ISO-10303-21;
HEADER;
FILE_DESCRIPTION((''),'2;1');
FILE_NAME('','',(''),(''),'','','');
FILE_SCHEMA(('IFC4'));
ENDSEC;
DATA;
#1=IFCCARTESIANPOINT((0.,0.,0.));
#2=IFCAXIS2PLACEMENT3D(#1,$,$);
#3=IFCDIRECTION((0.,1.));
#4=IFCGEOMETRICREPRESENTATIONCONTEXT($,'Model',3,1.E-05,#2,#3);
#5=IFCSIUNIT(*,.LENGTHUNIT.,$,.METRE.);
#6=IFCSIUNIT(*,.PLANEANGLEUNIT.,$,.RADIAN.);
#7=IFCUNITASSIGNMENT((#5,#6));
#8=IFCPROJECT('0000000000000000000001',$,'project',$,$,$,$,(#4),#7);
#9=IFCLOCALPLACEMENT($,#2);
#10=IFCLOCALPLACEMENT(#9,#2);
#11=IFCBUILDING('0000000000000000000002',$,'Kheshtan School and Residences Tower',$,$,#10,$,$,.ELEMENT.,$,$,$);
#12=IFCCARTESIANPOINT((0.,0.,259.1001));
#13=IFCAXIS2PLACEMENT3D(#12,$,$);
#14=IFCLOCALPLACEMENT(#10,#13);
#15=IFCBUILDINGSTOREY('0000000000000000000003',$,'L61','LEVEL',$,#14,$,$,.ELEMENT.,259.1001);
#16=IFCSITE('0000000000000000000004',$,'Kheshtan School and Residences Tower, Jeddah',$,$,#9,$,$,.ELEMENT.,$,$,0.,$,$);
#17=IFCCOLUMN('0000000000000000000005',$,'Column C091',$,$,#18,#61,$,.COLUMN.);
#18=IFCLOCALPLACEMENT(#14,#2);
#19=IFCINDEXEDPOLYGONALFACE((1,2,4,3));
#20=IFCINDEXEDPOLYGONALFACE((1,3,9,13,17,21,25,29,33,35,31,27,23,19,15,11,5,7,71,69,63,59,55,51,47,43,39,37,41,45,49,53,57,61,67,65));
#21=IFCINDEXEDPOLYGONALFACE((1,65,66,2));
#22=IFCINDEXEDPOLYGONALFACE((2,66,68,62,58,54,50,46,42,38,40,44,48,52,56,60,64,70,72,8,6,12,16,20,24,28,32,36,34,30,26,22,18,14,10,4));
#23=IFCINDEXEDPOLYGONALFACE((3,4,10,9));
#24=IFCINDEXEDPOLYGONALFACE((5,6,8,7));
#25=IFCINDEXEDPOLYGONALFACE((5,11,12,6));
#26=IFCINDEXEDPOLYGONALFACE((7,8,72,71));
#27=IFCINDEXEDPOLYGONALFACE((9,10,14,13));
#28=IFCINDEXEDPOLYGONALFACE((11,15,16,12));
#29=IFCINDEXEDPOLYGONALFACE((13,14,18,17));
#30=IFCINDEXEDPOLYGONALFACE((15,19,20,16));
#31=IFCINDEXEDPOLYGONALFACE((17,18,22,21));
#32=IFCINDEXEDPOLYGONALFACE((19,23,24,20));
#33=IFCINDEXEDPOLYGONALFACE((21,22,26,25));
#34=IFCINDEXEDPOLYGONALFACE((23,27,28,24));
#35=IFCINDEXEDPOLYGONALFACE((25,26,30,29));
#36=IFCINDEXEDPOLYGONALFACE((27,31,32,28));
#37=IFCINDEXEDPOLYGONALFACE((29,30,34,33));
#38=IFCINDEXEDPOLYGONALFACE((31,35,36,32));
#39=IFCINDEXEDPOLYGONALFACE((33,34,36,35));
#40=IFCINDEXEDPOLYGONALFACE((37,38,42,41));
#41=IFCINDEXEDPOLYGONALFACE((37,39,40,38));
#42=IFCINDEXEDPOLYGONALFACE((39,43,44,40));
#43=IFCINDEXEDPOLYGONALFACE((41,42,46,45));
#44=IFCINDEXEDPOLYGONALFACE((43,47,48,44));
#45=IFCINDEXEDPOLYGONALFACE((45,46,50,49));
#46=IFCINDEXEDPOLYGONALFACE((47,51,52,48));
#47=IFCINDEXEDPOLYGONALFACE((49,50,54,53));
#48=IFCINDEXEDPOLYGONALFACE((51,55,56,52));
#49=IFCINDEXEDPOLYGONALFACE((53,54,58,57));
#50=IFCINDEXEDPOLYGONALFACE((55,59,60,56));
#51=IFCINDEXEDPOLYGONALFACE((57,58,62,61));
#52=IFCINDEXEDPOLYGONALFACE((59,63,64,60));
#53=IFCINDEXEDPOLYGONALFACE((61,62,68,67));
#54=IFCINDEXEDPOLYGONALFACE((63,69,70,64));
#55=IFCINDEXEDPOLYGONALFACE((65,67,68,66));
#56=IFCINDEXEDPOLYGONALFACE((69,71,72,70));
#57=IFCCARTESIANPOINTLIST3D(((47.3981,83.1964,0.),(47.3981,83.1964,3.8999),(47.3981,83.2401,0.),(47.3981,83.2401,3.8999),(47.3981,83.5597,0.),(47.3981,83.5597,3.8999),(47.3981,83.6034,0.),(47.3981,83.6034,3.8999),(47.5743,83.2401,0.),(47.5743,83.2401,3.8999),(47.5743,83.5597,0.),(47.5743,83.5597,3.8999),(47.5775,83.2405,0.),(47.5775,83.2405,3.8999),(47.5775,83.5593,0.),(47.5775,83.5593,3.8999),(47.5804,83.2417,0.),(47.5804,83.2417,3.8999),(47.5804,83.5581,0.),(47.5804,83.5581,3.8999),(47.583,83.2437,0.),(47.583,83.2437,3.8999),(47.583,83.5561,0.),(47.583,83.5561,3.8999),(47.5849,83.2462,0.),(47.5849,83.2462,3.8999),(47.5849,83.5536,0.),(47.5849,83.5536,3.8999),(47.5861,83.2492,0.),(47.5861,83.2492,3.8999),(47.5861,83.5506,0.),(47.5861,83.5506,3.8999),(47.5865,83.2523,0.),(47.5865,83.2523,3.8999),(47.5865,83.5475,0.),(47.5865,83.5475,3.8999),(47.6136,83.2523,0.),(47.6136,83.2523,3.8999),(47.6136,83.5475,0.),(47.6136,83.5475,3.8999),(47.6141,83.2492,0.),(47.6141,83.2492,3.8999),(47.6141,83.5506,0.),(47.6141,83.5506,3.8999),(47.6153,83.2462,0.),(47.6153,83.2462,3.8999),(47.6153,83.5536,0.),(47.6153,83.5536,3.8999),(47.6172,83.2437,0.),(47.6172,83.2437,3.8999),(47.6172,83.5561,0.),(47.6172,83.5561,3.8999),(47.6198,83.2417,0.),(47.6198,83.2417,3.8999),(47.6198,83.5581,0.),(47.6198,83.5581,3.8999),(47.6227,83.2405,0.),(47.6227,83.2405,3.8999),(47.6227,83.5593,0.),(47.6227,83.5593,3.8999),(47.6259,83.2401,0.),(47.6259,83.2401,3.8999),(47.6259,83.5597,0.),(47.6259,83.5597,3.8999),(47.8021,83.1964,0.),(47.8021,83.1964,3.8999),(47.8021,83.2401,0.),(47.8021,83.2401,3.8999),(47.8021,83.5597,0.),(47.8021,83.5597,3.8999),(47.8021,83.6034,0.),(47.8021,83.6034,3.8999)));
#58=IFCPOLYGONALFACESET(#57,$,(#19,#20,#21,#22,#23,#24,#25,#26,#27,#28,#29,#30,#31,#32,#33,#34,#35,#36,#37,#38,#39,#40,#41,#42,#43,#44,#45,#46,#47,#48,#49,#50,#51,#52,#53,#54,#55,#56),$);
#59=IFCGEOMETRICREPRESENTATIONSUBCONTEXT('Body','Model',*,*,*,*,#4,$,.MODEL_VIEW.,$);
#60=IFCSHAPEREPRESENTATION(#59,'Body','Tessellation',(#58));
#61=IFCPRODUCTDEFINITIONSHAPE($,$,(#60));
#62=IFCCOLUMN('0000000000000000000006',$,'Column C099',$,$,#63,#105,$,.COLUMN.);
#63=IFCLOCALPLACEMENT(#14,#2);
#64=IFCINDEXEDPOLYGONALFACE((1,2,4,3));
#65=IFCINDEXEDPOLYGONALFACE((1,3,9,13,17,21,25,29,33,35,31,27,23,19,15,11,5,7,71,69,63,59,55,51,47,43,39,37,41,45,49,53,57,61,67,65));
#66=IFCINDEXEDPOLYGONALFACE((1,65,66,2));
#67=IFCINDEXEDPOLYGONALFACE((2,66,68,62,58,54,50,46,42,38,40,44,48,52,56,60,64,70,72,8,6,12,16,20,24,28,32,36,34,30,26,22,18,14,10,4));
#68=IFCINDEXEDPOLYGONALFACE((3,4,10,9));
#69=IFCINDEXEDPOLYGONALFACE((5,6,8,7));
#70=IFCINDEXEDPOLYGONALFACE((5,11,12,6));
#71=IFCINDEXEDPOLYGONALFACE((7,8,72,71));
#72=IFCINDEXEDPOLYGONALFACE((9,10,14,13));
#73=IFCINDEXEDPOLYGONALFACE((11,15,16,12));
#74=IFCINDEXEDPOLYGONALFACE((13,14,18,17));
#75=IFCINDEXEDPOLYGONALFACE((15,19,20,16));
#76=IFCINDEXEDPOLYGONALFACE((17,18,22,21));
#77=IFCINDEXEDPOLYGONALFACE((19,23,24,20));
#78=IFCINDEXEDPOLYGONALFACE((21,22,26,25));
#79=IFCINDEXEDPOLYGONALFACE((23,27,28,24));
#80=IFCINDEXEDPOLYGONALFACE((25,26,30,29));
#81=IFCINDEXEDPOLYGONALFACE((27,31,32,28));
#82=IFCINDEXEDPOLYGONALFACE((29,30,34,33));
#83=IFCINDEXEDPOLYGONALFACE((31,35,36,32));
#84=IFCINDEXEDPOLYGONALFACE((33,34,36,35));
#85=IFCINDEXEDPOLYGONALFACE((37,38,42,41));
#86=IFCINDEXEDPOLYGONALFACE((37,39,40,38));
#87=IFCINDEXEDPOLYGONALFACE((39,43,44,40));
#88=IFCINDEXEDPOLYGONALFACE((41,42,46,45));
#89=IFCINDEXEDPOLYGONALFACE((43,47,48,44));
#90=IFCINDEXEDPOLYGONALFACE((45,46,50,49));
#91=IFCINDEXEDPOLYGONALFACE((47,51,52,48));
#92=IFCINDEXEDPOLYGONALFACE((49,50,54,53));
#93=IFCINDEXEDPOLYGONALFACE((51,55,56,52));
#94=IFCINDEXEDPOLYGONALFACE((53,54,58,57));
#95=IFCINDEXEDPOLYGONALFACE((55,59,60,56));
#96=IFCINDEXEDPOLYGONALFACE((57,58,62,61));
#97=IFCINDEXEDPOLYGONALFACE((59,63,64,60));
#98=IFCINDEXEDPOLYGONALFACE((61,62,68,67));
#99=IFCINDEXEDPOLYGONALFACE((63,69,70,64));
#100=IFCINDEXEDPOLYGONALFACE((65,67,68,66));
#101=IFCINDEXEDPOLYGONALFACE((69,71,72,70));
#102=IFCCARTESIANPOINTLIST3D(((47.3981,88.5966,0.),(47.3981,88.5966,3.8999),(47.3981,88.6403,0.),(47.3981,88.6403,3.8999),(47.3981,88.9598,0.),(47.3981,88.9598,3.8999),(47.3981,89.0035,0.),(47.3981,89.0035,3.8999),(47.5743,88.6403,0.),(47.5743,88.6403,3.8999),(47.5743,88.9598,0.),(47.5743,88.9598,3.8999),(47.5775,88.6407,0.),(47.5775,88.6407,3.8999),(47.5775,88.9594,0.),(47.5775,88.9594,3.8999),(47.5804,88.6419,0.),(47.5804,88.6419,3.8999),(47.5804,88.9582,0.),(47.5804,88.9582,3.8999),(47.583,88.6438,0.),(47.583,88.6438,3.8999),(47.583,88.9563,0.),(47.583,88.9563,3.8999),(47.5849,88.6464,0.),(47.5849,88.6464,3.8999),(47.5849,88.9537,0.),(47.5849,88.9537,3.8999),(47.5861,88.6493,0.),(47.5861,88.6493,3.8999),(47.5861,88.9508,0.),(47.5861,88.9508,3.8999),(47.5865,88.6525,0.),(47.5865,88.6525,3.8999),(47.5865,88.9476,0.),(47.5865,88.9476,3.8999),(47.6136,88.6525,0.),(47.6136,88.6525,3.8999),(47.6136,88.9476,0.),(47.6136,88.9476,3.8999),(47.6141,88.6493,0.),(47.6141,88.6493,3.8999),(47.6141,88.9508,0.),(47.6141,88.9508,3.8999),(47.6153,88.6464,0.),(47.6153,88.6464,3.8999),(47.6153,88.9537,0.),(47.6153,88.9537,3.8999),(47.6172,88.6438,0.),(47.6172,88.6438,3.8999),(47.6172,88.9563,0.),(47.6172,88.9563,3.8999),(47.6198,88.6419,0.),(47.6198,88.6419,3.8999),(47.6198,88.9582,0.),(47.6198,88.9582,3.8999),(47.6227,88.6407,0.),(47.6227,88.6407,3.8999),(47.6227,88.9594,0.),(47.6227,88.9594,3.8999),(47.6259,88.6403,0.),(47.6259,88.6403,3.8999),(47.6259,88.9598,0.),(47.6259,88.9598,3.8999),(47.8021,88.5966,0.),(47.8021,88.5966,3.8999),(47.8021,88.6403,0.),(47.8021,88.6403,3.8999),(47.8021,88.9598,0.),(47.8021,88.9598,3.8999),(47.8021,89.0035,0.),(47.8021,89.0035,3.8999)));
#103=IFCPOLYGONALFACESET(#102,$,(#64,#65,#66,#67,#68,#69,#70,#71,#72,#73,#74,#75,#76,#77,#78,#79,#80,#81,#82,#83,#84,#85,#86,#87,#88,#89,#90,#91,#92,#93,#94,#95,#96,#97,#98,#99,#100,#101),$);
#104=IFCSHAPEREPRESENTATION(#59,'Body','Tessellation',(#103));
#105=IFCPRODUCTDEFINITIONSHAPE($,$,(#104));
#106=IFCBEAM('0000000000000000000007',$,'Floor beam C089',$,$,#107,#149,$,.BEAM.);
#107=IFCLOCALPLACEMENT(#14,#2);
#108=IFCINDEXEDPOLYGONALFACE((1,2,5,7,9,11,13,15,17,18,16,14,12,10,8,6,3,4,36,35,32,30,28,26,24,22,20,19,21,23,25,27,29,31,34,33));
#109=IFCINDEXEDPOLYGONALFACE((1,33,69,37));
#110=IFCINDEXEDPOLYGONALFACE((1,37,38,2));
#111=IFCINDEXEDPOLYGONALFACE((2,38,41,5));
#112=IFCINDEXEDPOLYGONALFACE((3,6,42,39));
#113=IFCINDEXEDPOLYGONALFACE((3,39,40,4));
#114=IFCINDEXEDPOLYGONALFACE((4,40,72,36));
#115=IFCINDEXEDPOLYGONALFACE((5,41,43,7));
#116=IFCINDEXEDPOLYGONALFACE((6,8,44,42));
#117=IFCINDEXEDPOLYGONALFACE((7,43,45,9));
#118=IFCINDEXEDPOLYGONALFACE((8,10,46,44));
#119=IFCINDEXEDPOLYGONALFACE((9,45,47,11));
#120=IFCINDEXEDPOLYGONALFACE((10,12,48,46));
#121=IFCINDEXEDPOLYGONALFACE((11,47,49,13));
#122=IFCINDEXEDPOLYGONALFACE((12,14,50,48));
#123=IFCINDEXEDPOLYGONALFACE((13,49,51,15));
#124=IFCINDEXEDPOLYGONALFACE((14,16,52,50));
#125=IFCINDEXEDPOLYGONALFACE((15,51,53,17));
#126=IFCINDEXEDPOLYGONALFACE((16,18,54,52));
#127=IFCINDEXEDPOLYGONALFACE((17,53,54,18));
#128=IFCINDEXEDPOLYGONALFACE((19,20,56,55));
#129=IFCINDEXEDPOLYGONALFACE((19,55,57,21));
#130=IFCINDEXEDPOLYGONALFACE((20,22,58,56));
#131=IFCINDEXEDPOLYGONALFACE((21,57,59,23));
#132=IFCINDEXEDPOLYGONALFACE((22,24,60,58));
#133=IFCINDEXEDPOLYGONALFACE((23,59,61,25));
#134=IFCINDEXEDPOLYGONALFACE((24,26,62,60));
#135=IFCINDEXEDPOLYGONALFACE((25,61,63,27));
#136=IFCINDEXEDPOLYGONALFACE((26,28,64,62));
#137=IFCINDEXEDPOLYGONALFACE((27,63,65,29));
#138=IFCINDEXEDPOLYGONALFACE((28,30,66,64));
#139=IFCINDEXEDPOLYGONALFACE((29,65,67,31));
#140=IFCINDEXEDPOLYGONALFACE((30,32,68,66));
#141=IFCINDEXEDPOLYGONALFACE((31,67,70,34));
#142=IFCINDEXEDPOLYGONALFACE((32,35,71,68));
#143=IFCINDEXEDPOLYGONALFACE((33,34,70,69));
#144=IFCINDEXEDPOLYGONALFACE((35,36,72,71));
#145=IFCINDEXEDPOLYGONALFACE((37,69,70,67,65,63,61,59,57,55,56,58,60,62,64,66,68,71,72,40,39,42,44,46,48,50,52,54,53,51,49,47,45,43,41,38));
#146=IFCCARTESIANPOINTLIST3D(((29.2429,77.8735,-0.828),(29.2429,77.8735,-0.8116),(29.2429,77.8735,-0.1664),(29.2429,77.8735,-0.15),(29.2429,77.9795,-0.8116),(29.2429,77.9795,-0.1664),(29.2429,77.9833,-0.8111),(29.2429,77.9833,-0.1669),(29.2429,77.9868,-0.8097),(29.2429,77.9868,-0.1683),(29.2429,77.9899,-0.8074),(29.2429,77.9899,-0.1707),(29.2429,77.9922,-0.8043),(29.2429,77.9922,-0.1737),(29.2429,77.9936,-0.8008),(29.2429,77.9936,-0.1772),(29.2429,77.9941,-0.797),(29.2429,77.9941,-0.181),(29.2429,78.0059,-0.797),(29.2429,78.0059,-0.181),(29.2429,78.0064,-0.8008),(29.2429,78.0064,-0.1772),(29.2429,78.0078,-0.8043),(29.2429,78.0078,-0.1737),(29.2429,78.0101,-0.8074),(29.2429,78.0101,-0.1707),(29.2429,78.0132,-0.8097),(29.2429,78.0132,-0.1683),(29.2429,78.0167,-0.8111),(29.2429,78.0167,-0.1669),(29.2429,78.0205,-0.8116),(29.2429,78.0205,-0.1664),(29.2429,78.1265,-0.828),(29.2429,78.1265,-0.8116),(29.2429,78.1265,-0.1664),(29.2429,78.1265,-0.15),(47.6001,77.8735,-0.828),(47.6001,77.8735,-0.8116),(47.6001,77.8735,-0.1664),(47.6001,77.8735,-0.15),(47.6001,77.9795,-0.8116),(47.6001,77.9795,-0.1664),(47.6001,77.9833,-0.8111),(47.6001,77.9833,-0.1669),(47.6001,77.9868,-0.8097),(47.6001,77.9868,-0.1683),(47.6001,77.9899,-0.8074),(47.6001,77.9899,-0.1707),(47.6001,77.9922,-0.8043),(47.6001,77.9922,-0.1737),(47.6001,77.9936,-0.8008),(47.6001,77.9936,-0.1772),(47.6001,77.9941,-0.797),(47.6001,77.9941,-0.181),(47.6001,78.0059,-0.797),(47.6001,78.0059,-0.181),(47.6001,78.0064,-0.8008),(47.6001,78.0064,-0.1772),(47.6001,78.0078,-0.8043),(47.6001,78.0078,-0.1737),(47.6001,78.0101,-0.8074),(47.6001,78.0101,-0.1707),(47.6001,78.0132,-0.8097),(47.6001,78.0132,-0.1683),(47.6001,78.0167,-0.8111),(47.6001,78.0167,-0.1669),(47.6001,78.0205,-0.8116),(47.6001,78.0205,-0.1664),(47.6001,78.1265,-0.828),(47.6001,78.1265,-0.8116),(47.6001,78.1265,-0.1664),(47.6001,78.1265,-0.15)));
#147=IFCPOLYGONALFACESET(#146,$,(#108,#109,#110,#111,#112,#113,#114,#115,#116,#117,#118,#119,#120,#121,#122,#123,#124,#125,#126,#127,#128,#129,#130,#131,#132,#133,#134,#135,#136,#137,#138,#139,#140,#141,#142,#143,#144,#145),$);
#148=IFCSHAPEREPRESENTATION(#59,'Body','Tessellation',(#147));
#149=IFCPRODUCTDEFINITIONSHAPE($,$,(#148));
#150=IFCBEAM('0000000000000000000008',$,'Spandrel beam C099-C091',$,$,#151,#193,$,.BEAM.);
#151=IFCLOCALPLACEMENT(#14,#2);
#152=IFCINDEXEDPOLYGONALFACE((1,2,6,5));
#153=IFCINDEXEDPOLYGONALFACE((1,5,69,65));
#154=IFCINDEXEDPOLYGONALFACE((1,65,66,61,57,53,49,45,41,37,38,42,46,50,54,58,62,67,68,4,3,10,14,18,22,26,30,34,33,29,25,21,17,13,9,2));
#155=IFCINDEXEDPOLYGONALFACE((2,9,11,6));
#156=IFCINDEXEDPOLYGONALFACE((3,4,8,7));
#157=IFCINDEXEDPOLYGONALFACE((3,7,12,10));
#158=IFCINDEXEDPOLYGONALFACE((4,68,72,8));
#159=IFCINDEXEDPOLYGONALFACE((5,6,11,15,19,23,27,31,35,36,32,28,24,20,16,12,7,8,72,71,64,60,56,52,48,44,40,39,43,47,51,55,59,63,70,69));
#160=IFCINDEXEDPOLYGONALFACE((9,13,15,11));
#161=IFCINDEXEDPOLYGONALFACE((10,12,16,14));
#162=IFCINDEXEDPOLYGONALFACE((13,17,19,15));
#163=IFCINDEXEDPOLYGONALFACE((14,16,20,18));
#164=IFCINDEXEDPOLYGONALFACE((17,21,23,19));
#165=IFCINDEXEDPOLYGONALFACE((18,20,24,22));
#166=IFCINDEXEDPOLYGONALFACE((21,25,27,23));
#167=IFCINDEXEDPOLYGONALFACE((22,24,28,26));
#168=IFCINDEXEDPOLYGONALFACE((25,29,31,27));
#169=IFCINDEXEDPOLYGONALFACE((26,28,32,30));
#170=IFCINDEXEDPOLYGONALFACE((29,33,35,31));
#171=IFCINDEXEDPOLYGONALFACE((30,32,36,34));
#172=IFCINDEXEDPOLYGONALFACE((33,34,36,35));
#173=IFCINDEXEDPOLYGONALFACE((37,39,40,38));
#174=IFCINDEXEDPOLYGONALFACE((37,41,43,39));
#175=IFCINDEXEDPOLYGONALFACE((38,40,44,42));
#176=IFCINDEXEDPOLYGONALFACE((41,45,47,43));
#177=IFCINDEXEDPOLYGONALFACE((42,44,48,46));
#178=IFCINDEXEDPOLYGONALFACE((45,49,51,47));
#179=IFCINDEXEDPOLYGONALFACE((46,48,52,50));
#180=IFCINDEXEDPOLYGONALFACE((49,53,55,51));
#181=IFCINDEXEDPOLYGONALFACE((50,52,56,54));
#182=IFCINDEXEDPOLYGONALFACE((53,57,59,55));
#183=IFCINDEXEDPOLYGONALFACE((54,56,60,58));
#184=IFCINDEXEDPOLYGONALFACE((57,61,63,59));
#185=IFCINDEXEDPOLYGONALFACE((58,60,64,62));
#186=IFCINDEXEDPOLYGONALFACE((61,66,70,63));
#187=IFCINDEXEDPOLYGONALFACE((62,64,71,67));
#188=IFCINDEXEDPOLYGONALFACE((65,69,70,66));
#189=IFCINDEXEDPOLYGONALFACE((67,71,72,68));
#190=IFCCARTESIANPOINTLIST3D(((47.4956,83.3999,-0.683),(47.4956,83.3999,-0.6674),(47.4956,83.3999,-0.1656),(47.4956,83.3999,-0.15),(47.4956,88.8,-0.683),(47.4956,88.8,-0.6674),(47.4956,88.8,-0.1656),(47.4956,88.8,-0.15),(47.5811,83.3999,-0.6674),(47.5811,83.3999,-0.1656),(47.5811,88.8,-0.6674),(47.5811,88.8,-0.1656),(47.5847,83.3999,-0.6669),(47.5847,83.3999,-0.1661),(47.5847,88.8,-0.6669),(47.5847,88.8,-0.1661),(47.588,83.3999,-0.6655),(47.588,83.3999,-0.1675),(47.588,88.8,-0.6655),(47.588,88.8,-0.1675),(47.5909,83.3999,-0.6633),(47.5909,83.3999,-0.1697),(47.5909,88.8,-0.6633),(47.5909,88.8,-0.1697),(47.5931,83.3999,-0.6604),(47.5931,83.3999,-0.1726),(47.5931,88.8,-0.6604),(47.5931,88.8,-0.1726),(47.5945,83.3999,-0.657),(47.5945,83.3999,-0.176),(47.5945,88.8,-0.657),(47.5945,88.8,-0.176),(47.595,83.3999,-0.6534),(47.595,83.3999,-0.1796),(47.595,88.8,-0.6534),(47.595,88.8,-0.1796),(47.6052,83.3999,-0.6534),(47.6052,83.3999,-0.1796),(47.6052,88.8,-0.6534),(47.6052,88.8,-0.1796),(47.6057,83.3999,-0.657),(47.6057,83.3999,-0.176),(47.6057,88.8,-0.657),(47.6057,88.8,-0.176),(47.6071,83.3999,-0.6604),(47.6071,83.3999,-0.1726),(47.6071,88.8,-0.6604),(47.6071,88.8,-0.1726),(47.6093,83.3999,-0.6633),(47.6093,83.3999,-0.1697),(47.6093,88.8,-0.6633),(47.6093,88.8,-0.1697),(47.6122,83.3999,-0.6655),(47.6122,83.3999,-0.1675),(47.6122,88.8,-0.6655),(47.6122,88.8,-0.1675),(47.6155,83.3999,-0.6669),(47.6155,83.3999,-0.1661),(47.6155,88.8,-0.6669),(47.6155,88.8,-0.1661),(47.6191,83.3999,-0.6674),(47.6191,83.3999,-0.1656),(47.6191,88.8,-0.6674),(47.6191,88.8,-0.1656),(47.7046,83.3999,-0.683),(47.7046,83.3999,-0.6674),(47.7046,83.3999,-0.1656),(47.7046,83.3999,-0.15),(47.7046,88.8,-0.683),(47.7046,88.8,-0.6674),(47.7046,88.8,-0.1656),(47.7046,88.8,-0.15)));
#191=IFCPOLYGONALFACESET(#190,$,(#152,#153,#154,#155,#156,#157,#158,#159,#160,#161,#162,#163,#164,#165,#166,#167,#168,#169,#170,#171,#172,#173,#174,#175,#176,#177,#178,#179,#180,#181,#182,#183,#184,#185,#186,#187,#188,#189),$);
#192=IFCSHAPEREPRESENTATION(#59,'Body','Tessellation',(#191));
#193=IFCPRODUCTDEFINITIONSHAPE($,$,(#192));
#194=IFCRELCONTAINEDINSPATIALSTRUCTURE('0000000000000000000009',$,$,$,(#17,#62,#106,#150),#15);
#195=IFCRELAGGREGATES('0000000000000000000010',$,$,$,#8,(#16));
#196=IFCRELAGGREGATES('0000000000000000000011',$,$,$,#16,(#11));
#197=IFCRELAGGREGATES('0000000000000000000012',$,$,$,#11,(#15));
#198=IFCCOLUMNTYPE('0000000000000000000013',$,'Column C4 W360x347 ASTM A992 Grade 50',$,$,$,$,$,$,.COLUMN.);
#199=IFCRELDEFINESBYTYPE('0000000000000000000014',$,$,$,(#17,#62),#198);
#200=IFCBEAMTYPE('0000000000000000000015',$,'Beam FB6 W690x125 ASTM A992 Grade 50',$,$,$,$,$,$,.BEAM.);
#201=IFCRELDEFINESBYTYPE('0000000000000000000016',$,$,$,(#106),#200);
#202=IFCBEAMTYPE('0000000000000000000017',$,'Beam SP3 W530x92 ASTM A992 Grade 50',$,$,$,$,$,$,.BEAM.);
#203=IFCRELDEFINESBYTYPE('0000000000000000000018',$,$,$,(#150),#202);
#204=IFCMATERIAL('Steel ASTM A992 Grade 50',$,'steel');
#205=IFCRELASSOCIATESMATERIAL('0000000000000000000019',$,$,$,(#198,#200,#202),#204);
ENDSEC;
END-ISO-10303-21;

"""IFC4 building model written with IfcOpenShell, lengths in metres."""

from ifc_helpers import new_model, si_unit, direction, frame, origin, origin_2d, place, context, subcontext, project, spatial, i_section, extrude, material, material_profile, profile_set, type_object, element, save


model = new_model("IFC4")

# Units and contexts
model_context = context("Model", 3, precision=1e-05, world=origin(), true_north=direction((0.0, 1.0)))
body_context = subcontext(model_context, "Body", "Model", "MODEL_VIEW")
ifc_project = project(units=[si_unit("LENGTHUNIT", "METRE"), si_unit("PLANEANGLEUNIT", "RADIAN")], contexts=[model_context])

# Site, building, storey
site_placement = place(None, origin())
site = spatial("IfcSite", under=ifc_project, at=site_placement, Name="Kheshtan School and Residences Tower, Jeddah", CompositionType="ELEMENT", RefElevation=0.0)
building_placement = place(site_placement, origin())
building = spatial("IfcBuilding", under=site, at=building_placement, Name="Kheshtan School and Residences Tower", CompositionType="ELEMENT")
storey_placement = place(building_placement, frame((0.0, 0.0, 259.1001)))
storey = spatial("IfcBuildingStorey", under=building, at=storey_placement, Name="L61", Description="LEVEL", CompositionType="ELEMENT", Elevation=259.1001)

# Columns
ifc_material_1 = material(Name="Steel ASTM A992 Grade 50", Category="steel")
ifc_material_profile_1 = material_profile(ifc_material_1, i_section(OverallWidth=0.4041, OverallDepth=0.407, WebThickness=0.0271, FlangeThickness=0.0437, FilletRadius=0.0122, at=origin_2d()), Name="W360x347")
ifc_profile_set_1 = profile_set([ifc_material_profile_1], Name="Steel ASTM A992 Grade 50")
column_type = type_object("IfcColumnType", Name="Column C4 W360x347 ASTM A992 Grade 50", PredefinedType="COLUMN", material=ifc_profile_set_1)
for number, where, z_axis, x_axis, name in (
    (1, (47.6001, 83.3999, 0.0), (0.0, 0.0, 1.0), (1.0, 0.0, 0.0), "Column C091"),
    (2, (47.6001, 88.8, 0.0), (0.0, 0.0, 1.0), (1.0, 0.0, 0.0), "Column C099"),
):
    element("IfcColumn", number, at=place(storey_placement, frame(where, z_axis=z_axis, x_axis=x_axis)), inside=storey, type_object=column_type, Name=name, PredefinedType="COLUMN", context=body_context, shape_type="SweptSolid", body=[
        extrude(i_section(OverallWidth=0.4041, OverallDepth=0.407, WebThickness=0.0271, FlangeThickness=0.0437, FilletRadius=0.0122, at=origin_2d()), origin(), (0.0, 0.0, 1.0), 3.8999),
    ])

# Beams
ifc_material_profile_2 = material_profile(ifc_material_1, i_section(OverallWidth=0.2529, OverallDepth=0.678, WebThickness=0.0117, FlangeThickness=0.0164, FilletRadius=0.0146, at=origin_2d()), Name="W690x125")
ifc_profile_set_2 = profile_set([ifc_material_profile_2], Name="Steel ASTM A992 Grade 50")
beam_type_1 = type_object("IfcBeamType", Name="Beam FB6 W690x125 ASTM A992 Grade 50", PredefinedType="BEAM", material=ifc_profile_set_2)
beam_1_placement = place(storey_placement, frame((47.6001, 78.0, -0.489), z_axis=(-1.0, 0.0, 0.0), x_axis=(0.0, -1.0, 0.0)))
element("IfcBeam", 3, at=beam_1_placement, inside=storey, type_object=beam_type_1, Name="Floor beam C089", PredefinedType="BEAM", context=body_context, shape_type="SweptSolid", body=[
    extrude(i_section(OverallWidth=0.2529, OverallDepth=0.678, WebThickness=0.0117, FlangeThickness=0.0164, FilletRadius=0.0146, at=origin_2d()), origin(), (0.0, 0.0, 1.0), 18.3572),
])
ifc_material_profile_3 = material_profile(ifc_material_1, i_section(OverallWidth=0.209, OverallDepth=0.533, WebThickness=0.0103, FlangeThickness=0.0156, FilletRadius=0.0139, at=origin_2d()), Name="W530x92")
ifc_profile_set_3 = profile_set([ifc_material_profile_3], Name="Steel ASTM A992 Grade 50")
beam_type_2 = type_object("IfcBeamType", Name="Beam SP3 W530x92 ASTM A992 Grade 50", PredefinedType="BEAM", material=ifc_profile_set_3)
beam_2_placement = place(storey_placement, frame((47.6001, 88.8, -0.4165), z_axis=(0.0, -1.0, 0.0), x_axis=(1.0, 0.0, 0.0)))
element("IfcBeam", 4, at=beam_2_placement, inside=storey, type_object=beam_type_2, Name="Spandrel beam C099-C091", PredefinedType="BEAM", context=body_context, shape_type="SweptSolid", body=[
    extrude(i_section(OverallWidth=0.209, OverallDepth=0.533, WebThickness=0.0103, FlangeThickness=0.0156, FilletRadius=0.0139, at=origin_2d()), origin(), (0.0, 0.0, 1.0), 5.4001),
])

save(model, "model.ifc")
